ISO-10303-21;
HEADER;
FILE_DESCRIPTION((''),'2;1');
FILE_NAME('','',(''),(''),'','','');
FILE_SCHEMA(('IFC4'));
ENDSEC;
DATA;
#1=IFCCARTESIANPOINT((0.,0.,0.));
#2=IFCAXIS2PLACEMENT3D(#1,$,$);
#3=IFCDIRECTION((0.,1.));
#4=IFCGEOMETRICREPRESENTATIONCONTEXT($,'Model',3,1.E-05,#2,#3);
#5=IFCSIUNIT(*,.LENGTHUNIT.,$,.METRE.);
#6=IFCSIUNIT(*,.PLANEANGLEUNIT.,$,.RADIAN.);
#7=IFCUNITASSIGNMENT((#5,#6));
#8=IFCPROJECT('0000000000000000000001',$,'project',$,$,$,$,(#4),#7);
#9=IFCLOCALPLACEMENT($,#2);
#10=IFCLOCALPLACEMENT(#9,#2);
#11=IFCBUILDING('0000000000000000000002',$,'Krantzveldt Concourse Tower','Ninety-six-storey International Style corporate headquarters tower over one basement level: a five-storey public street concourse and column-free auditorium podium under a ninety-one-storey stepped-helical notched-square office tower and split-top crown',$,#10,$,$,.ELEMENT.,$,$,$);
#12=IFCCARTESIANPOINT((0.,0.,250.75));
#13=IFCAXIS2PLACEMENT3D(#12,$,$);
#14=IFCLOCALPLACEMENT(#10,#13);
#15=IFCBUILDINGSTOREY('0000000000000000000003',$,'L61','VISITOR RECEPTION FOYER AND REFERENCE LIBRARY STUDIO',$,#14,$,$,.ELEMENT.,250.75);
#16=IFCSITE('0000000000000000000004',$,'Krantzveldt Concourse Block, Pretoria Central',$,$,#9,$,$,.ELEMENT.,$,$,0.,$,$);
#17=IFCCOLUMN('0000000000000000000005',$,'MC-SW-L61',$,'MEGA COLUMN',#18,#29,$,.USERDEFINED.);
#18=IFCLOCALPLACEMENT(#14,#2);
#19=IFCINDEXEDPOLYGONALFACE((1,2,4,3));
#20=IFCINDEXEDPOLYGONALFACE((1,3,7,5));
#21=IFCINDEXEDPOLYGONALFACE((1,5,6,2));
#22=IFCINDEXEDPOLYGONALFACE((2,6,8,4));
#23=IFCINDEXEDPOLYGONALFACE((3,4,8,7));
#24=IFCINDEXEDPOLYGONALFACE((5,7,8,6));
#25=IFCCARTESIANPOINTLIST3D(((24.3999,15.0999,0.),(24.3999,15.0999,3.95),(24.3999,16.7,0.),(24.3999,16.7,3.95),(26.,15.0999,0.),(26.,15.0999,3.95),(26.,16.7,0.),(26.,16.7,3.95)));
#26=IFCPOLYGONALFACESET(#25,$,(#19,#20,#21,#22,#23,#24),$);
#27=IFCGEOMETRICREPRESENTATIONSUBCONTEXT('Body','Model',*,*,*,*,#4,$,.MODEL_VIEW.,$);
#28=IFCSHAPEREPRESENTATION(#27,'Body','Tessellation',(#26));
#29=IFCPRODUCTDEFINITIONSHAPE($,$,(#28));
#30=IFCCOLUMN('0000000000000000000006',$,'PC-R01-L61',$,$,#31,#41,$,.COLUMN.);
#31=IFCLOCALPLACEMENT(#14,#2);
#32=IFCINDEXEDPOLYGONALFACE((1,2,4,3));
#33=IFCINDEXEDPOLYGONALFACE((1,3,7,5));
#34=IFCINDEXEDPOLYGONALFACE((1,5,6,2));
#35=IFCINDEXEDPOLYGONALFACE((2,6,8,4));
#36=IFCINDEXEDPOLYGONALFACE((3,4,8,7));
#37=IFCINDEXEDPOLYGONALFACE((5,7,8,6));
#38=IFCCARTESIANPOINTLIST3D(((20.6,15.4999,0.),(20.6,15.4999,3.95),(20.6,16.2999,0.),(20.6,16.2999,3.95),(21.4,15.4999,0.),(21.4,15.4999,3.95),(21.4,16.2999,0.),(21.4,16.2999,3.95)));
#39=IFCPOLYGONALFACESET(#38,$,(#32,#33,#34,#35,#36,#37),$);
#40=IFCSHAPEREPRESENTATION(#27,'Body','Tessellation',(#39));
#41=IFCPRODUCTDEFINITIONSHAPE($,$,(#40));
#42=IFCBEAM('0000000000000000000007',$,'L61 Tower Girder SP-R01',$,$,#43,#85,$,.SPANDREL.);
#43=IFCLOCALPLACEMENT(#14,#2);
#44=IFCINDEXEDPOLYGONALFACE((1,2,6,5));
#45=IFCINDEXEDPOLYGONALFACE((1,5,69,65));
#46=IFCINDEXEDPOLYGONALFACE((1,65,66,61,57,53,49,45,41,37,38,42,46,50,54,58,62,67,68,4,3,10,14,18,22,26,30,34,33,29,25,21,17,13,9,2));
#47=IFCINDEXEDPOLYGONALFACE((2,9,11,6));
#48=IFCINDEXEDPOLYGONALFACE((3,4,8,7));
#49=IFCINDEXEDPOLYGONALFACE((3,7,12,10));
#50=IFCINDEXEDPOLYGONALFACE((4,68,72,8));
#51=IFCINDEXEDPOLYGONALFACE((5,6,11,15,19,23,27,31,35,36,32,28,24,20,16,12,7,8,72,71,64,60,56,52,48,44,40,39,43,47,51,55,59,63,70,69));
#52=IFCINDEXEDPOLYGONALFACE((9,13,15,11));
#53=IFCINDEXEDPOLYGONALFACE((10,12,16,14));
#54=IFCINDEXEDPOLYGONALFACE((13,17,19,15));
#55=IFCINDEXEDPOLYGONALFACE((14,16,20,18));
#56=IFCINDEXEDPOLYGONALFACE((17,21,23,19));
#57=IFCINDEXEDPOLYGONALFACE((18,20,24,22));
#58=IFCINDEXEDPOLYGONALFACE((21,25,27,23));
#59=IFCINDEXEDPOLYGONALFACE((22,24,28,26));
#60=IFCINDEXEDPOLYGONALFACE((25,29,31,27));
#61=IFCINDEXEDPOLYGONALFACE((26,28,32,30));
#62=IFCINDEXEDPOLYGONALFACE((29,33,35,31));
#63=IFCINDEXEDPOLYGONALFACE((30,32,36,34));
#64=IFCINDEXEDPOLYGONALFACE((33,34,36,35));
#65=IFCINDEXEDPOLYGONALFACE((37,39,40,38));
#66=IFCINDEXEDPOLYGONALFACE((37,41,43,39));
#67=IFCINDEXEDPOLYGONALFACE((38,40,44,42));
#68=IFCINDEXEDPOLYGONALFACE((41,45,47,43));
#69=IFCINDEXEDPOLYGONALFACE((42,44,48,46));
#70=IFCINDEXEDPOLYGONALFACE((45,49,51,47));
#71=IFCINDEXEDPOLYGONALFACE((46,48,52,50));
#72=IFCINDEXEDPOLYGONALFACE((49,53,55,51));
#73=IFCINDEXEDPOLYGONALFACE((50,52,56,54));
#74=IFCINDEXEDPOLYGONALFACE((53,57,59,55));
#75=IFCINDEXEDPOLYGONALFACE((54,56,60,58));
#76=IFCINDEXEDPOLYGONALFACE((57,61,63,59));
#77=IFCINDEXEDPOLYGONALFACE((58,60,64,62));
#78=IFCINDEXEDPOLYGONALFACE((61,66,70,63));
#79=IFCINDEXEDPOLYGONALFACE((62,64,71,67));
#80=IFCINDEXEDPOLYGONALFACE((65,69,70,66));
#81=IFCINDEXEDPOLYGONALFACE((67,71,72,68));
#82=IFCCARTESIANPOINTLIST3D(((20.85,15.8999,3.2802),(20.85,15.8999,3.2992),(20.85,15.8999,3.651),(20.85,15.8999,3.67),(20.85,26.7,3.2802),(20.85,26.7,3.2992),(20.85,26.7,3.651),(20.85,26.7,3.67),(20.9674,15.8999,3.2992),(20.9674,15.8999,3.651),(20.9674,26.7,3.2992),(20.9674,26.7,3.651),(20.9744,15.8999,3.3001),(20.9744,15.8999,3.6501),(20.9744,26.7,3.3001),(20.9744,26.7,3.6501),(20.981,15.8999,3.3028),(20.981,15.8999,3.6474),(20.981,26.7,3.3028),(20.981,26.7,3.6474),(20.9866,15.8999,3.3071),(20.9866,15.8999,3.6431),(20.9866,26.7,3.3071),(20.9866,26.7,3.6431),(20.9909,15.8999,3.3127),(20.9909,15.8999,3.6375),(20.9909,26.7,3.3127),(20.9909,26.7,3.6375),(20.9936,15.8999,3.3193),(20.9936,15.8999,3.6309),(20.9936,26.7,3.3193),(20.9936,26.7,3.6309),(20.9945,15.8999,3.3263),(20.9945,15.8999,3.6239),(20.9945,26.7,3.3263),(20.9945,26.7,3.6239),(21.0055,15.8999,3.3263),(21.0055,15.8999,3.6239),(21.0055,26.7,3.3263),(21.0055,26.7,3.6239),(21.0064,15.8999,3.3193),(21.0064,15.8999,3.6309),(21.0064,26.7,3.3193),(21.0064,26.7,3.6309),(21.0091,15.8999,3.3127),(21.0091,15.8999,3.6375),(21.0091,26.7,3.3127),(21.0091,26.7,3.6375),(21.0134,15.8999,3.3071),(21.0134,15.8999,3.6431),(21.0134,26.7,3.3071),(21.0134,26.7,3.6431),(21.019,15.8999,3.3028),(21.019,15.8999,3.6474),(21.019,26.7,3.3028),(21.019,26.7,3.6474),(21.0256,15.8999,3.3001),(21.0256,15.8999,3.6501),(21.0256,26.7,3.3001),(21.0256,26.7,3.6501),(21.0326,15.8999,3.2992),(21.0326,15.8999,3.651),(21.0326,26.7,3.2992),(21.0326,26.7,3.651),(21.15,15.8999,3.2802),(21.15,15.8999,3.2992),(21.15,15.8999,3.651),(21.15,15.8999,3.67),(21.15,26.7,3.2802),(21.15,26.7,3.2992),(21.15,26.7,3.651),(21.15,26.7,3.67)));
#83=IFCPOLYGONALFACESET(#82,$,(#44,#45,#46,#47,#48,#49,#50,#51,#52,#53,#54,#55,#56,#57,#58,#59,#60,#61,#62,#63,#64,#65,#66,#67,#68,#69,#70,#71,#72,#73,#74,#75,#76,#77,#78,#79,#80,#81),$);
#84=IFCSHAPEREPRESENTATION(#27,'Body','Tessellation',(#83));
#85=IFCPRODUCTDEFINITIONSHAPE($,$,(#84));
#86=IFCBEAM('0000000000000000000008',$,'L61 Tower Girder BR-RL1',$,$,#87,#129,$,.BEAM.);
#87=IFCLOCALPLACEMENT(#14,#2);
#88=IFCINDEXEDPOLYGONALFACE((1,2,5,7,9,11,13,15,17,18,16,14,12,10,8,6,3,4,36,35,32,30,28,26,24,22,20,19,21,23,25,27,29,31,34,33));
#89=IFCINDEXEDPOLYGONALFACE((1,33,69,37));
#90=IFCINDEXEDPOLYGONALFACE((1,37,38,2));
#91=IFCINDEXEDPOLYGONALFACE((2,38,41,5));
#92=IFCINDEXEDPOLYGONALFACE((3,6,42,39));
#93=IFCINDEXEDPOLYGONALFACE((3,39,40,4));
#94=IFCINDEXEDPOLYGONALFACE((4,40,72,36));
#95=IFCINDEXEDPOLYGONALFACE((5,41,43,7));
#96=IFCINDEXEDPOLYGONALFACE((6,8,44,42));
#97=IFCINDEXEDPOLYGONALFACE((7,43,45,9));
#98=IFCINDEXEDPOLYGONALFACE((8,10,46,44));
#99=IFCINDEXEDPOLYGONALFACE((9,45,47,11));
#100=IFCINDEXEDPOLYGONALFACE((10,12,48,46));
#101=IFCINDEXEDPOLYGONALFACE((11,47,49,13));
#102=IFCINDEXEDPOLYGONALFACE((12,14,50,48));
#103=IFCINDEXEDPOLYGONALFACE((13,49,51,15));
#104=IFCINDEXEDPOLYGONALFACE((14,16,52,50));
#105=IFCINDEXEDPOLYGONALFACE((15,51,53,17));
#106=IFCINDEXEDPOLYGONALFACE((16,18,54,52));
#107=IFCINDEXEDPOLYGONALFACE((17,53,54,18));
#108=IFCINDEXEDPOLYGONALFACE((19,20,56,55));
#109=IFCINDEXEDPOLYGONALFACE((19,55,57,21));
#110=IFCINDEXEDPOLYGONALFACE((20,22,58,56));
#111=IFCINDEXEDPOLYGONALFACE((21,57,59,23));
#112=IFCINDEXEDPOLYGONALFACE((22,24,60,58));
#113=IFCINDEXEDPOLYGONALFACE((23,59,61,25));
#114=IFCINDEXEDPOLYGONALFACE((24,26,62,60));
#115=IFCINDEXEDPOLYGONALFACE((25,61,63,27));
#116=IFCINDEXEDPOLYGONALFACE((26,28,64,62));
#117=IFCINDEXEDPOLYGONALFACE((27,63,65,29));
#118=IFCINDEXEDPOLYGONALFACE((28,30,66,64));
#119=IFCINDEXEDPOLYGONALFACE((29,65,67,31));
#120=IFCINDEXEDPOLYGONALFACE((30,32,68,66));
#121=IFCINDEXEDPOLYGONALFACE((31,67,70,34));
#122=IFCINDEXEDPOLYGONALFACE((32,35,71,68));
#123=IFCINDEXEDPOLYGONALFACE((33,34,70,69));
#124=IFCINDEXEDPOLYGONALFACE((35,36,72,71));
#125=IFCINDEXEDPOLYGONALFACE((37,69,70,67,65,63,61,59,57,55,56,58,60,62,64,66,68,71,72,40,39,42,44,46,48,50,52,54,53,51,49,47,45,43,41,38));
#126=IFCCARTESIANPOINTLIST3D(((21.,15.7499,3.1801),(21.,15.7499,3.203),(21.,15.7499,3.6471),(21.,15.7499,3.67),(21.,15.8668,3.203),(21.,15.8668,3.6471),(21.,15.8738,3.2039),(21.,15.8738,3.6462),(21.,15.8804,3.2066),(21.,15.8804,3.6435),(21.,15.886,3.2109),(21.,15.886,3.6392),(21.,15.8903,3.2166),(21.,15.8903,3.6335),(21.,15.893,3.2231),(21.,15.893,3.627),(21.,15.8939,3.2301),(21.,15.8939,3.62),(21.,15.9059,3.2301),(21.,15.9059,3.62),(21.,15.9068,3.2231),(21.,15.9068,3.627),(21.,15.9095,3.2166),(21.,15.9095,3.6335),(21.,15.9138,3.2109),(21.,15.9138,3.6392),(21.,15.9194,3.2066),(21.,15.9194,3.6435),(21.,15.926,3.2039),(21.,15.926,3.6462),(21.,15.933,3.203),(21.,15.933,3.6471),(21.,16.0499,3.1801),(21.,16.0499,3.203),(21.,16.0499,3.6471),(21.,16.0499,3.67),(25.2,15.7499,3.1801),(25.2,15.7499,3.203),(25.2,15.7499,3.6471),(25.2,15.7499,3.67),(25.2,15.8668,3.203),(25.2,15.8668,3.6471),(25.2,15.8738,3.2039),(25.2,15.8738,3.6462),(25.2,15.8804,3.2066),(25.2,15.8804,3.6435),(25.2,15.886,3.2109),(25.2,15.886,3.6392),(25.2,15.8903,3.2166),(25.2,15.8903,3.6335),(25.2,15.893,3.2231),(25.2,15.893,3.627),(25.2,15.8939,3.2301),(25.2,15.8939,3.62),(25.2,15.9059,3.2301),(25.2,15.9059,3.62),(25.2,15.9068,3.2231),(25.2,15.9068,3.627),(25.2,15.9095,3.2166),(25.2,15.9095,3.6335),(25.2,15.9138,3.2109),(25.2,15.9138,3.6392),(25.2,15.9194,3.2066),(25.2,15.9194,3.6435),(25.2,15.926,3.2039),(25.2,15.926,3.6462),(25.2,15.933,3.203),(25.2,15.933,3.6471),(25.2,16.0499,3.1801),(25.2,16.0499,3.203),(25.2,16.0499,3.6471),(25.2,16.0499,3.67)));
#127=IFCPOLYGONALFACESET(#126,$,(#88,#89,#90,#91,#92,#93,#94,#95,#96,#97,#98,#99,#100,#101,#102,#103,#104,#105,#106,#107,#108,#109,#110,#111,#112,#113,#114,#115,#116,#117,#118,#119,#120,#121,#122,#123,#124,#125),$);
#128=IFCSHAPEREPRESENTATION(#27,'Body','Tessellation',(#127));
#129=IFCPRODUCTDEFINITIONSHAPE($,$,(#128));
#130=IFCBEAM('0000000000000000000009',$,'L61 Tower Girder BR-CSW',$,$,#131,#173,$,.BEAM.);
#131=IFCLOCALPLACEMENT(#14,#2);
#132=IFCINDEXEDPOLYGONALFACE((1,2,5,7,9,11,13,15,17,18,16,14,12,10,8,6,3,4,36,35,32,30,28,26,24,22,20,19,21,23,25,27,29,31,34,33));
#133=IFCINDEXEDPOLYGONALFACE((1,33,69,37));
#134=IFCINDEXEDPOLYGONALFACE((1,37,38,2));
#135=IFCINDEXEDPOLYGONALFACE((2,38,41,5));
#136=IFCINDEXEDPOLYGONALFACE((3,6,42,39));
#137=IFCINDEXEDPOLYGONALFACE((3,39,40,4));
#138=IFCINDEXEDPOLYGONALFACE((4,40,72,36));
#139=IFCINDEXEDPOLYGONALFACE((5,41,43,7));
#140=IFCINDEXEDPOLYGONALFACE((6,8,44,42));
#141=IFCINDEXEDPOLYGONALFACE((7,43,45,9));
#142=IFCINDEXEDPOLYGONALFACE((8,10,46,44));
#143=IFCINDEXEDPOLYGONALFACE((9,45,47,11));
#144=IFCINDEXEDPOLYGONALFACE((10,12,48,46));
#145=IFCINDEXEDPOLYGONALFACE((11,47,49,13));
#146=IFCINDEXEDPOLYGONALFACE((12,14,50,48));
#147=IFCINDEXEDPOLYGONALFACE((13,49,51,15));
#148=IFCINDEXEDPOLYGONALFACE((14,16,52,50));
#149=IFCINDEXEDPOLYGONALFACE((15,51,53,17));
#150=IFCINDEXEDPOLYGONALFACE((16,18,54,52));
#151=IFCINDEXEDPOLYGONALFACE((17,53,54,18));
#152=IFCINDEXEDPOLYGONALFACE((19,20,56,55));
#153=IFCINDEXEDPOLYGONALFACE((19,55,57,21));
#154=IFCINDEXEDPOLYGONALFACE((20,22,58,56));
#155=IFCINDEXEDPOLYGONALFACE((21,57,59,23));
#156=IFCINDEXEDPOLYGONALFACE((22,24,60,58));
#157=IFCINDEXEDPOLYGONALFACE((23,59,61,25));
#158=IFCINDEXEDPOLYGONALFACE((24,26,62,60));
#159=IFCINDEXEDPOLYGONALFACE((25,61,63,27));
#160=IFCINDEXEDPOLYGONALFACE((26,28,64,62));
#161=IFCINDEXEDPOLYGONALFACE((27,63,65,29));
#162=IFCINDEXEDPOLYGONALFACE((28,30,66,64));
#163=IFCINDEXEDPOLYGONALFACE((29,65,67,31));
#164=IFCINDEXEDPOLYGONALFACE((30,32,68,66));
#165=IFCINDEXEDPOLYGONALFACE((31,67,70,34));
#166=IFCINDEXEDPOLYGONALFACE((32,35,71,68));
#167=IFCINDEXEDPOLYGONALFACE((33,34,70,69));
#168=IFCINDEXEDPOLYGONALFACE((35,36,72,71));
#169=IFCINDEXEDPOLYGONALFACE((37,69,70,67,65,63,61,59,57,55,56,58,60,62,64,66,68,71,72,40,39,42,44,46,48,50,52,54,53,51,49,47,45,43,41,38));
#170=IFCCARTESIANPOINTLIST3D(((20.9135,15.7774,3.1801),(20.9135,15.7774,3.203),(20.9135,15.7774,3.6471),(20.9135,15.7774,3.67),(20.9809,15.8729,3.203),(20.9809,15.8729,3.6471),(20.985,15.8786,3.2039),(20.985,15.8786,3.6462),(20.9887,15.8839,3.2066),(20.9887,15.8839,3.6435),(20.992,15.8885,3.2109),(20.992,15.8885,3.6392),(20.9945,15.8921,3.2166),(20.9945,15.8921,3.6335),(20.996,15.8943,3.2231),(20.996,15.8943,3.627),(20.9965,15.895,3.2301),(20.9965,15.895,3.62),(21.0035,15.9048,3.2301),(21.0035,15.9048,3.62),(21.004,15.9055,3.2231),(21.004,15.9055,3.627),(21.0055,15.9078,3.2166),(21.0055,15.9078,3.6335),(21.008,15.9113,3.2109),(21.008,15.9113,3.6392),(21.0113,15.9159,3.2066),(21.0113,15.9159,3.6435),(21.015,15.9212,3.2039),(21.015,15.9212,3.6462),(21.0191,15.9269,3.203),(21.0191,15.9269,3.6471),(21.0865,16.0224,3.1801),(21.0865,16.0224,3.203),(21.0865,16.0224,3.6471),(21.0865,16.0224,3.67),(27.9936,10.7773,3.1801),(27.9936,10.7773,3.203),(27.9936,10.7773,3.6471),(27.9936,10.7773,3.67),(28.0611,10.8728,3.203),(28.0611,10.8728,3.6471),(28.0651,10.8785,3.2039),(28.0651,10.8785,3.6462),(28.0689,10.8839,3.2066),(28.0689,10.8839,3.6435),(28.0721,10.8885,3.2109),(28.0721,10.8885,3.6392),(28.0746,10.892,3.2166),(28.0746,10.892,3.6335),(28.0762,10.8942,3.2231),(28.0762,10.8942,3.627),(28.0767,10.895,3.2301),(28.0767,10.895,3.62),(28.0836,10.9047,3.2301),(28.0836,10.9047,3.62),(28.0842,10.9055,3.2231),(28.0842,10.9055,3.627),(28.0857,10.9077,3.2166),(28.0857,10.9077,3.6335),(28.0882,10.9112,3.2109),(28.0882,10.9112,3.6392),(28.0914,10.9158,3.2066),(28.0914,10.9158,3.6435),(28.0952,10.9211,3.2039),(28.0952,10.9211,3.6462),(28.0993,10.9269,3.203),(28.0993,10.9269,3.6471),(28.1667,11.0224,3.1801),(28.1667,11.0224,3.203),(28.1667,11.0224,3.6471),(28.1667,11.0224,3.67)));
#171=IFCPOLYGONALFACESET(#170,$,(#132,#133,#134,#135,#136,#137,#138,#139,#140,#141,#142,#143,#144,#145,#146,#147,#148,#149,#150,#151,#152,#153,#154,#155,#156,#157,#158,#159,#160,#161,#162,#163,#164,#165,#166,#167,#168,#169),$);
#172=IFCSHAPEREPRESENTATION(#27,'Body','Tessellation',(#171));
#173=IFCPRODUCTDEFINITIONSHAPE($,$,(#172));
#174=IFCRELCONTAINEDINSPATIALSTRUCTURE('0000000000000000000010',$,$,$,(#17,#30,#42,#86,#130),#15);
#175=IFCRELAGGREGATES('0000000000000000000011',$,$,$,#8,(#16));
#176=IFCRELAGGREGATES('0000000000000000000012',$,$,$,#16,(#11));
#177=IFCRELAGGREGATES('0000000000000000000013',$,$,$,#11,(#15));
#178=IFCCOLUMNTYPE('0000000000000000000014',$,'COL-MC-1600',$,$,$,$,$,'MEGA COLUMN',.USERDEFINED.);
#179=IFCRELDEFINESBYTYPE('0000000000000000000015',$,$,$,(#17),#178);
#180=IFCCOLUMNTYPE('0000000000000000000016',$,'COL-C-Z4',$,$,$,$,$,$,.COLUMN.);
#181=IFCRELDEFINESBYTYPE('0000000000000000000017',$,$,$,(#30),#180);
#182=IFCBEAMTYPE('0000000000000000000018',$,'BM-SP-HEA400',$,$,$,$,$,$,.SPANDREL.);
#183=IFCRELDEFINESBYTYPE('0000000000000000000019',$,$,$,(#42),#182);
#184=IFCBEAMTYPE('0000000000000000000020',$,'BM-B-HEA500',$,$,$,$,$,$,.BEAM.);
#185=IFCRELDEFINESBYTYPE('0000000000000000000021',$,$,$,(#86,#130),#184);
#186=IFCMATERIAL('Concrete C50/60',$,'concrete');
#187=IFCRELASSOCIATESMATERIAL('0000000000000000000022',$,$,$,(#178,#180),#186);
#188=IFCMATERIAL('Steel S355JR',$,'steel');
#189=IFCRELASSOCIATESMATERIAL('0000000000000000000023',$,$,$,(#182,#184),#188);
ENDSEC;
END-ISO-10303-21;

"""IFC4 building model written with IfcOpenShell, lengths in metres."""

from ifc_helpers import new_model, si_unit, direction, frame, origin, origin_2d, place, context, subcontext, project, spatial, rectangle, i_section, extrude, source, transform, mapped, material, material_profile, profile_set, type_object, type_shapes, element, save


model = new_model("IFC4")

# Units and contexts
model_context = context("Model", 3, precision=1e-05, world=origin(), true_north=direction((0.0, 1.0)))
body_context = subcontext(model_context, "Body", "Model", "MODEL_VIEW")
ifc_project = project(units=[si_unit("LENGTHUNIT", "METRE"), si_unit("PLANEANGLEUNIT", "RADIAN")], contexts=[model_context])

# Site, building, storey
site_placement = place(None, origin())
site = spatial("IfcSite", under=ifc_project, at=site_placement, Name="Krantzveldt Concourse Block, Pretoria Central", CompositionType="ELEMENT", RefElevation=0.0)
building_placement = place(site_placement, origin())
building = spatial("IfcBuilding", under=site, at=building_placement, Name="Krantzveldt Concourse Tower", Description="Ninety-six-storey International Style corporate headquarters tower over one basement level: a five-storey public street concourse and column-free auditorium podium under a ninety-one-storey stepped-helical notched-square office tower and split-top crown", CompositionType="ELEMENT")
storey_placement = place(building_placement, frame((0.0, 0.0, 250.75)))
storey = spatial("IfcBuildingStorey", under=building, at=storey_placement, Name="L61", Description="VISITOR RECEPTION FOYER AND REFERENCE LIBRARY STUDIO", CompositionType="ELEMENT", Elevation=250.75)

# Columns
ifc_material_1 = material(Name="Concrete C50/60", Category="concrete")
ifc_material_profile_1 = material_profile(ifc_material_1, rectangle(XDim=1.6001, YDim=1.6001, at=origin_2d()), Name="Concrete C50/60", Category="concrete")
ifc_profile_set_1 = profile_set([ifc_material_profile_1], Name="Concrete C50/60 - RC 1600x1600")
column_type_1 = type_object("IfcColumnType", Name="COL-MC-1600", ElementType="MEGA COLUMN", PredefinedType="USERDEFINED", material=ifc_profile_set_1)
shared_shape_1 = source(origin(), body_context, "Body", "SweptSolid", [
    extrude(rectangle(XDim=1.6001, YDim=1.6001, at=origin_2d()), origin(), (0.0, 0.0, 1.0), 3.95),
])
type_shapes(column_type_1, [shared_shape_1])
column_1_placement = place(storey_placement, frame((25.2, 15.8999, 0.0), z_axis=(0.0, 0.0, 1.0), x_axis=(1.0, 0.0, 0.0)))
element("IfcColumn", 1, at=column_1_placement, inside=storey, type_object=column_type_1, Name="MC-SW-L61", ObjectType="MEGA COLUMN", PredefinedType="USERDEFINED", context=body_context, shape_type="MappedRepresentation", body=[
    mapped(shared_shape_1, transform((0.0, 0.0, 0.0), x_axis=(1.0, 0.0, 0.0), y_axis=(0.0, 1.0, 0.0), z_axis=(0.0, 0.0, 1.0), scale=1.0)),
])
ifc_material_profile_2 = material_profile(ifc_material_1, rectangle(XDim=0.8, YDim=0.8, at=origin_2d()), Name="Concrete C50/60", Category="concrete")
ifc_profile_set_2 = profile_set([ifc_material_profile_2], Name="Concrete C50/60 - RC 800x800")
column_type_2 = type_object("IfcColumnType", Name="COL-C-Z4", PredefinedType="COLUMN", material=ifc_profile_set_2)
shared_shape_2 = source(origin(), body_context, "Body", "SweptSolid", [
    extrude(rectangle(XDim=0.8, YDim=0.8, at=origin_2d()), origin(), (0.0, 0.0, 1.0), 3.95),
])
type_shapes(column_type_2, [shared_shape_2])
column_2_placement = place(storey_placement, frame((21.0, 15.8999, 0.0), z_axis=(0.0, 0.0, 1.0), x_axis=(1.0, 0.0, 0.0)))
element("IfcColumn", 2, at=column_2_placement, inside=storey, type_object=column_type_2, Name="PC-R01-L61", PredefinedType="COLUMN", context=body_context, shape_type="MappedRepresentation", body=[
    mapped(shared_shape_2, transform((0.0, 0.0, 0.0), x_axis=(1.0, 0.0, 0.0), y_axis=(0.0, 1.0, 0.0), z_axis=(0.0, 0.0, 1.0), scale=1.0)),
])

# Beams
ifc_material_2 = material(Name="Steel S355JR", Category="steel")
ifc_material_profile_3 = material_profile(ifc_material_2, i_section(OverallWidth=0.3, OverallDepth=0.3899, WebThickness=0.011, FlangeThickness=0.019, FilletRadius=0.0271, at=origin_2d()), Name="Steel S355JR", Category="steel")
ifc_profile_set_3 = profile_set([ifc_material_profile_3], Name="Steel S355JR - HEA 400")
beam_type_1 = type_object("IfcBeamType", Name="BM-SP-HEA400", PredefinedType="SPANDREL", material=ifc_profile_set_3)
shared_shape_3 = source(origin(), body_context, "Body", "SweptSolid", [
    extrude(i_section(OverallWidth=0.3, OverallDepth=0.3899, WebThickness=0.011, FlangeThickness=0.019, FilletRadius=0.0271, at=origin_2d()), origin(), (0.0, 0.0, 1.0), 10.8),
])
type_shapes(beam_type_1, [shared_shape_3])
beam_1_placement = place(storey_placement, frame((21.0, 15.8999, 3.4751), z_axis=(0.0, 1.0, 0.0), x_axis=(-1.0, 0.0, 0.0)))
element("IfcBeam", 3, at=beam_1_placement, inside=storey, type_object=beam_type_1, Name="L61 Tower Girder SP-R01", PredefinedType="SPANDREL", context=body_context, shape_type="MappedRepresentation", body=[
    mapped(shared_shape_3, transform((0.0, 0.0, 0.0), x_axis=(1.0, 0.0, 0.0), y_axis=(0.0, 1.0, 0.0), z_axis=(0.0, 0.0, 1.0), scale=1.0)),
])
ifc_material_profile_4 = material_profile(ifc_material_2, i_section(OverallWidth=0.3, OverallDepth=0.49, WebThickness=0.012, FlangeThickness=0.0229, FilletRadius=0.0271, at=origin_2d()), Name="Steel S355JR", Category="steel")
ifc_profile_set_4 = profile_set([ifc_material_profile_4], Name="Steel S355JR - HEA 500")
beam_type_2 = type_object("IfcBeamType", Name="BM-B-HEA500", PredefinedType="BEAM", material=ifc_profile_set_4)
shared_shape_4 = source(origin(), body_context, "Body", "SweptSolid", [
    extrude(i_section(OverallWidth=0.3, OverallDepth=0.49, WebThickness=0.012, FlangeThickness=0.0229, FilletRadius=0.0271, at=origin_2d()), origin(), (0.0, 0.0, 1.0), 4.2),
])
beam_2_placement = place(storey_placement, frame((21.0, 15.8999, 3.425), z_axis=(1.0, 0.0, 0.0), x_axis=(0.0, 1.0, 0.0)))
element("IfcBeam", 4, at=beam_2_placement, inside=storey, type_object=beam_type_2, Name="L61 Tower Girder BR-RL1", PredefinedType="BEAM", context=body_context, shape_type="MappedRepresentation", body=[
    mapped(shared_shape_4, transform((0.0, 0.0, 0.0), x_axis=(1.0, 0.0, 0.0), y_axis=(0.0, 1.0, 0.0), z_axis=(0.0, 0.0, 1.0), scale=1.0)),
])
shared_shape_5 = source(origin(), body_context, "Body", "SweptSolid", [
    extrude(i_section(OverallWidth=0.3, OverallDepth=0.49, WebThickness=0.012, FlangeThickness=0.0229, FilletRadius=0.0271, at=origin_2d()), origin(), (0.0, 0.0, 1.0), 8.6677),
])
type_shapes(beam_type_2, [shared_shape_4, shared_shape_5])
beam_3_placement = place(storey_placement, frame((21.0, 15.8999, 3.425), z_axis=(0.816843, -0.57686, 0.0), x_axis=(0.57686, 0.816843, 0.0)))
element("IfcBeam", 5, at=beam_3_placement, inside=storey, type_object=beam_type_2, Name="L61 Tower Girder BR-CSW", PredefinedType="BEAM", context=body_context, shape_type="MappedRepresentation", body=[
    mapped(shared_shape_5, transform((0.0, 0.0, 0.0), x_axis=(1.0, 0.0, 0.0), y_axis=(0.0, 1.0, 0.0), z_axis=(0.0, 0.0, 1.0), scale=1.0)),
])

save(model, "model.ifc")
